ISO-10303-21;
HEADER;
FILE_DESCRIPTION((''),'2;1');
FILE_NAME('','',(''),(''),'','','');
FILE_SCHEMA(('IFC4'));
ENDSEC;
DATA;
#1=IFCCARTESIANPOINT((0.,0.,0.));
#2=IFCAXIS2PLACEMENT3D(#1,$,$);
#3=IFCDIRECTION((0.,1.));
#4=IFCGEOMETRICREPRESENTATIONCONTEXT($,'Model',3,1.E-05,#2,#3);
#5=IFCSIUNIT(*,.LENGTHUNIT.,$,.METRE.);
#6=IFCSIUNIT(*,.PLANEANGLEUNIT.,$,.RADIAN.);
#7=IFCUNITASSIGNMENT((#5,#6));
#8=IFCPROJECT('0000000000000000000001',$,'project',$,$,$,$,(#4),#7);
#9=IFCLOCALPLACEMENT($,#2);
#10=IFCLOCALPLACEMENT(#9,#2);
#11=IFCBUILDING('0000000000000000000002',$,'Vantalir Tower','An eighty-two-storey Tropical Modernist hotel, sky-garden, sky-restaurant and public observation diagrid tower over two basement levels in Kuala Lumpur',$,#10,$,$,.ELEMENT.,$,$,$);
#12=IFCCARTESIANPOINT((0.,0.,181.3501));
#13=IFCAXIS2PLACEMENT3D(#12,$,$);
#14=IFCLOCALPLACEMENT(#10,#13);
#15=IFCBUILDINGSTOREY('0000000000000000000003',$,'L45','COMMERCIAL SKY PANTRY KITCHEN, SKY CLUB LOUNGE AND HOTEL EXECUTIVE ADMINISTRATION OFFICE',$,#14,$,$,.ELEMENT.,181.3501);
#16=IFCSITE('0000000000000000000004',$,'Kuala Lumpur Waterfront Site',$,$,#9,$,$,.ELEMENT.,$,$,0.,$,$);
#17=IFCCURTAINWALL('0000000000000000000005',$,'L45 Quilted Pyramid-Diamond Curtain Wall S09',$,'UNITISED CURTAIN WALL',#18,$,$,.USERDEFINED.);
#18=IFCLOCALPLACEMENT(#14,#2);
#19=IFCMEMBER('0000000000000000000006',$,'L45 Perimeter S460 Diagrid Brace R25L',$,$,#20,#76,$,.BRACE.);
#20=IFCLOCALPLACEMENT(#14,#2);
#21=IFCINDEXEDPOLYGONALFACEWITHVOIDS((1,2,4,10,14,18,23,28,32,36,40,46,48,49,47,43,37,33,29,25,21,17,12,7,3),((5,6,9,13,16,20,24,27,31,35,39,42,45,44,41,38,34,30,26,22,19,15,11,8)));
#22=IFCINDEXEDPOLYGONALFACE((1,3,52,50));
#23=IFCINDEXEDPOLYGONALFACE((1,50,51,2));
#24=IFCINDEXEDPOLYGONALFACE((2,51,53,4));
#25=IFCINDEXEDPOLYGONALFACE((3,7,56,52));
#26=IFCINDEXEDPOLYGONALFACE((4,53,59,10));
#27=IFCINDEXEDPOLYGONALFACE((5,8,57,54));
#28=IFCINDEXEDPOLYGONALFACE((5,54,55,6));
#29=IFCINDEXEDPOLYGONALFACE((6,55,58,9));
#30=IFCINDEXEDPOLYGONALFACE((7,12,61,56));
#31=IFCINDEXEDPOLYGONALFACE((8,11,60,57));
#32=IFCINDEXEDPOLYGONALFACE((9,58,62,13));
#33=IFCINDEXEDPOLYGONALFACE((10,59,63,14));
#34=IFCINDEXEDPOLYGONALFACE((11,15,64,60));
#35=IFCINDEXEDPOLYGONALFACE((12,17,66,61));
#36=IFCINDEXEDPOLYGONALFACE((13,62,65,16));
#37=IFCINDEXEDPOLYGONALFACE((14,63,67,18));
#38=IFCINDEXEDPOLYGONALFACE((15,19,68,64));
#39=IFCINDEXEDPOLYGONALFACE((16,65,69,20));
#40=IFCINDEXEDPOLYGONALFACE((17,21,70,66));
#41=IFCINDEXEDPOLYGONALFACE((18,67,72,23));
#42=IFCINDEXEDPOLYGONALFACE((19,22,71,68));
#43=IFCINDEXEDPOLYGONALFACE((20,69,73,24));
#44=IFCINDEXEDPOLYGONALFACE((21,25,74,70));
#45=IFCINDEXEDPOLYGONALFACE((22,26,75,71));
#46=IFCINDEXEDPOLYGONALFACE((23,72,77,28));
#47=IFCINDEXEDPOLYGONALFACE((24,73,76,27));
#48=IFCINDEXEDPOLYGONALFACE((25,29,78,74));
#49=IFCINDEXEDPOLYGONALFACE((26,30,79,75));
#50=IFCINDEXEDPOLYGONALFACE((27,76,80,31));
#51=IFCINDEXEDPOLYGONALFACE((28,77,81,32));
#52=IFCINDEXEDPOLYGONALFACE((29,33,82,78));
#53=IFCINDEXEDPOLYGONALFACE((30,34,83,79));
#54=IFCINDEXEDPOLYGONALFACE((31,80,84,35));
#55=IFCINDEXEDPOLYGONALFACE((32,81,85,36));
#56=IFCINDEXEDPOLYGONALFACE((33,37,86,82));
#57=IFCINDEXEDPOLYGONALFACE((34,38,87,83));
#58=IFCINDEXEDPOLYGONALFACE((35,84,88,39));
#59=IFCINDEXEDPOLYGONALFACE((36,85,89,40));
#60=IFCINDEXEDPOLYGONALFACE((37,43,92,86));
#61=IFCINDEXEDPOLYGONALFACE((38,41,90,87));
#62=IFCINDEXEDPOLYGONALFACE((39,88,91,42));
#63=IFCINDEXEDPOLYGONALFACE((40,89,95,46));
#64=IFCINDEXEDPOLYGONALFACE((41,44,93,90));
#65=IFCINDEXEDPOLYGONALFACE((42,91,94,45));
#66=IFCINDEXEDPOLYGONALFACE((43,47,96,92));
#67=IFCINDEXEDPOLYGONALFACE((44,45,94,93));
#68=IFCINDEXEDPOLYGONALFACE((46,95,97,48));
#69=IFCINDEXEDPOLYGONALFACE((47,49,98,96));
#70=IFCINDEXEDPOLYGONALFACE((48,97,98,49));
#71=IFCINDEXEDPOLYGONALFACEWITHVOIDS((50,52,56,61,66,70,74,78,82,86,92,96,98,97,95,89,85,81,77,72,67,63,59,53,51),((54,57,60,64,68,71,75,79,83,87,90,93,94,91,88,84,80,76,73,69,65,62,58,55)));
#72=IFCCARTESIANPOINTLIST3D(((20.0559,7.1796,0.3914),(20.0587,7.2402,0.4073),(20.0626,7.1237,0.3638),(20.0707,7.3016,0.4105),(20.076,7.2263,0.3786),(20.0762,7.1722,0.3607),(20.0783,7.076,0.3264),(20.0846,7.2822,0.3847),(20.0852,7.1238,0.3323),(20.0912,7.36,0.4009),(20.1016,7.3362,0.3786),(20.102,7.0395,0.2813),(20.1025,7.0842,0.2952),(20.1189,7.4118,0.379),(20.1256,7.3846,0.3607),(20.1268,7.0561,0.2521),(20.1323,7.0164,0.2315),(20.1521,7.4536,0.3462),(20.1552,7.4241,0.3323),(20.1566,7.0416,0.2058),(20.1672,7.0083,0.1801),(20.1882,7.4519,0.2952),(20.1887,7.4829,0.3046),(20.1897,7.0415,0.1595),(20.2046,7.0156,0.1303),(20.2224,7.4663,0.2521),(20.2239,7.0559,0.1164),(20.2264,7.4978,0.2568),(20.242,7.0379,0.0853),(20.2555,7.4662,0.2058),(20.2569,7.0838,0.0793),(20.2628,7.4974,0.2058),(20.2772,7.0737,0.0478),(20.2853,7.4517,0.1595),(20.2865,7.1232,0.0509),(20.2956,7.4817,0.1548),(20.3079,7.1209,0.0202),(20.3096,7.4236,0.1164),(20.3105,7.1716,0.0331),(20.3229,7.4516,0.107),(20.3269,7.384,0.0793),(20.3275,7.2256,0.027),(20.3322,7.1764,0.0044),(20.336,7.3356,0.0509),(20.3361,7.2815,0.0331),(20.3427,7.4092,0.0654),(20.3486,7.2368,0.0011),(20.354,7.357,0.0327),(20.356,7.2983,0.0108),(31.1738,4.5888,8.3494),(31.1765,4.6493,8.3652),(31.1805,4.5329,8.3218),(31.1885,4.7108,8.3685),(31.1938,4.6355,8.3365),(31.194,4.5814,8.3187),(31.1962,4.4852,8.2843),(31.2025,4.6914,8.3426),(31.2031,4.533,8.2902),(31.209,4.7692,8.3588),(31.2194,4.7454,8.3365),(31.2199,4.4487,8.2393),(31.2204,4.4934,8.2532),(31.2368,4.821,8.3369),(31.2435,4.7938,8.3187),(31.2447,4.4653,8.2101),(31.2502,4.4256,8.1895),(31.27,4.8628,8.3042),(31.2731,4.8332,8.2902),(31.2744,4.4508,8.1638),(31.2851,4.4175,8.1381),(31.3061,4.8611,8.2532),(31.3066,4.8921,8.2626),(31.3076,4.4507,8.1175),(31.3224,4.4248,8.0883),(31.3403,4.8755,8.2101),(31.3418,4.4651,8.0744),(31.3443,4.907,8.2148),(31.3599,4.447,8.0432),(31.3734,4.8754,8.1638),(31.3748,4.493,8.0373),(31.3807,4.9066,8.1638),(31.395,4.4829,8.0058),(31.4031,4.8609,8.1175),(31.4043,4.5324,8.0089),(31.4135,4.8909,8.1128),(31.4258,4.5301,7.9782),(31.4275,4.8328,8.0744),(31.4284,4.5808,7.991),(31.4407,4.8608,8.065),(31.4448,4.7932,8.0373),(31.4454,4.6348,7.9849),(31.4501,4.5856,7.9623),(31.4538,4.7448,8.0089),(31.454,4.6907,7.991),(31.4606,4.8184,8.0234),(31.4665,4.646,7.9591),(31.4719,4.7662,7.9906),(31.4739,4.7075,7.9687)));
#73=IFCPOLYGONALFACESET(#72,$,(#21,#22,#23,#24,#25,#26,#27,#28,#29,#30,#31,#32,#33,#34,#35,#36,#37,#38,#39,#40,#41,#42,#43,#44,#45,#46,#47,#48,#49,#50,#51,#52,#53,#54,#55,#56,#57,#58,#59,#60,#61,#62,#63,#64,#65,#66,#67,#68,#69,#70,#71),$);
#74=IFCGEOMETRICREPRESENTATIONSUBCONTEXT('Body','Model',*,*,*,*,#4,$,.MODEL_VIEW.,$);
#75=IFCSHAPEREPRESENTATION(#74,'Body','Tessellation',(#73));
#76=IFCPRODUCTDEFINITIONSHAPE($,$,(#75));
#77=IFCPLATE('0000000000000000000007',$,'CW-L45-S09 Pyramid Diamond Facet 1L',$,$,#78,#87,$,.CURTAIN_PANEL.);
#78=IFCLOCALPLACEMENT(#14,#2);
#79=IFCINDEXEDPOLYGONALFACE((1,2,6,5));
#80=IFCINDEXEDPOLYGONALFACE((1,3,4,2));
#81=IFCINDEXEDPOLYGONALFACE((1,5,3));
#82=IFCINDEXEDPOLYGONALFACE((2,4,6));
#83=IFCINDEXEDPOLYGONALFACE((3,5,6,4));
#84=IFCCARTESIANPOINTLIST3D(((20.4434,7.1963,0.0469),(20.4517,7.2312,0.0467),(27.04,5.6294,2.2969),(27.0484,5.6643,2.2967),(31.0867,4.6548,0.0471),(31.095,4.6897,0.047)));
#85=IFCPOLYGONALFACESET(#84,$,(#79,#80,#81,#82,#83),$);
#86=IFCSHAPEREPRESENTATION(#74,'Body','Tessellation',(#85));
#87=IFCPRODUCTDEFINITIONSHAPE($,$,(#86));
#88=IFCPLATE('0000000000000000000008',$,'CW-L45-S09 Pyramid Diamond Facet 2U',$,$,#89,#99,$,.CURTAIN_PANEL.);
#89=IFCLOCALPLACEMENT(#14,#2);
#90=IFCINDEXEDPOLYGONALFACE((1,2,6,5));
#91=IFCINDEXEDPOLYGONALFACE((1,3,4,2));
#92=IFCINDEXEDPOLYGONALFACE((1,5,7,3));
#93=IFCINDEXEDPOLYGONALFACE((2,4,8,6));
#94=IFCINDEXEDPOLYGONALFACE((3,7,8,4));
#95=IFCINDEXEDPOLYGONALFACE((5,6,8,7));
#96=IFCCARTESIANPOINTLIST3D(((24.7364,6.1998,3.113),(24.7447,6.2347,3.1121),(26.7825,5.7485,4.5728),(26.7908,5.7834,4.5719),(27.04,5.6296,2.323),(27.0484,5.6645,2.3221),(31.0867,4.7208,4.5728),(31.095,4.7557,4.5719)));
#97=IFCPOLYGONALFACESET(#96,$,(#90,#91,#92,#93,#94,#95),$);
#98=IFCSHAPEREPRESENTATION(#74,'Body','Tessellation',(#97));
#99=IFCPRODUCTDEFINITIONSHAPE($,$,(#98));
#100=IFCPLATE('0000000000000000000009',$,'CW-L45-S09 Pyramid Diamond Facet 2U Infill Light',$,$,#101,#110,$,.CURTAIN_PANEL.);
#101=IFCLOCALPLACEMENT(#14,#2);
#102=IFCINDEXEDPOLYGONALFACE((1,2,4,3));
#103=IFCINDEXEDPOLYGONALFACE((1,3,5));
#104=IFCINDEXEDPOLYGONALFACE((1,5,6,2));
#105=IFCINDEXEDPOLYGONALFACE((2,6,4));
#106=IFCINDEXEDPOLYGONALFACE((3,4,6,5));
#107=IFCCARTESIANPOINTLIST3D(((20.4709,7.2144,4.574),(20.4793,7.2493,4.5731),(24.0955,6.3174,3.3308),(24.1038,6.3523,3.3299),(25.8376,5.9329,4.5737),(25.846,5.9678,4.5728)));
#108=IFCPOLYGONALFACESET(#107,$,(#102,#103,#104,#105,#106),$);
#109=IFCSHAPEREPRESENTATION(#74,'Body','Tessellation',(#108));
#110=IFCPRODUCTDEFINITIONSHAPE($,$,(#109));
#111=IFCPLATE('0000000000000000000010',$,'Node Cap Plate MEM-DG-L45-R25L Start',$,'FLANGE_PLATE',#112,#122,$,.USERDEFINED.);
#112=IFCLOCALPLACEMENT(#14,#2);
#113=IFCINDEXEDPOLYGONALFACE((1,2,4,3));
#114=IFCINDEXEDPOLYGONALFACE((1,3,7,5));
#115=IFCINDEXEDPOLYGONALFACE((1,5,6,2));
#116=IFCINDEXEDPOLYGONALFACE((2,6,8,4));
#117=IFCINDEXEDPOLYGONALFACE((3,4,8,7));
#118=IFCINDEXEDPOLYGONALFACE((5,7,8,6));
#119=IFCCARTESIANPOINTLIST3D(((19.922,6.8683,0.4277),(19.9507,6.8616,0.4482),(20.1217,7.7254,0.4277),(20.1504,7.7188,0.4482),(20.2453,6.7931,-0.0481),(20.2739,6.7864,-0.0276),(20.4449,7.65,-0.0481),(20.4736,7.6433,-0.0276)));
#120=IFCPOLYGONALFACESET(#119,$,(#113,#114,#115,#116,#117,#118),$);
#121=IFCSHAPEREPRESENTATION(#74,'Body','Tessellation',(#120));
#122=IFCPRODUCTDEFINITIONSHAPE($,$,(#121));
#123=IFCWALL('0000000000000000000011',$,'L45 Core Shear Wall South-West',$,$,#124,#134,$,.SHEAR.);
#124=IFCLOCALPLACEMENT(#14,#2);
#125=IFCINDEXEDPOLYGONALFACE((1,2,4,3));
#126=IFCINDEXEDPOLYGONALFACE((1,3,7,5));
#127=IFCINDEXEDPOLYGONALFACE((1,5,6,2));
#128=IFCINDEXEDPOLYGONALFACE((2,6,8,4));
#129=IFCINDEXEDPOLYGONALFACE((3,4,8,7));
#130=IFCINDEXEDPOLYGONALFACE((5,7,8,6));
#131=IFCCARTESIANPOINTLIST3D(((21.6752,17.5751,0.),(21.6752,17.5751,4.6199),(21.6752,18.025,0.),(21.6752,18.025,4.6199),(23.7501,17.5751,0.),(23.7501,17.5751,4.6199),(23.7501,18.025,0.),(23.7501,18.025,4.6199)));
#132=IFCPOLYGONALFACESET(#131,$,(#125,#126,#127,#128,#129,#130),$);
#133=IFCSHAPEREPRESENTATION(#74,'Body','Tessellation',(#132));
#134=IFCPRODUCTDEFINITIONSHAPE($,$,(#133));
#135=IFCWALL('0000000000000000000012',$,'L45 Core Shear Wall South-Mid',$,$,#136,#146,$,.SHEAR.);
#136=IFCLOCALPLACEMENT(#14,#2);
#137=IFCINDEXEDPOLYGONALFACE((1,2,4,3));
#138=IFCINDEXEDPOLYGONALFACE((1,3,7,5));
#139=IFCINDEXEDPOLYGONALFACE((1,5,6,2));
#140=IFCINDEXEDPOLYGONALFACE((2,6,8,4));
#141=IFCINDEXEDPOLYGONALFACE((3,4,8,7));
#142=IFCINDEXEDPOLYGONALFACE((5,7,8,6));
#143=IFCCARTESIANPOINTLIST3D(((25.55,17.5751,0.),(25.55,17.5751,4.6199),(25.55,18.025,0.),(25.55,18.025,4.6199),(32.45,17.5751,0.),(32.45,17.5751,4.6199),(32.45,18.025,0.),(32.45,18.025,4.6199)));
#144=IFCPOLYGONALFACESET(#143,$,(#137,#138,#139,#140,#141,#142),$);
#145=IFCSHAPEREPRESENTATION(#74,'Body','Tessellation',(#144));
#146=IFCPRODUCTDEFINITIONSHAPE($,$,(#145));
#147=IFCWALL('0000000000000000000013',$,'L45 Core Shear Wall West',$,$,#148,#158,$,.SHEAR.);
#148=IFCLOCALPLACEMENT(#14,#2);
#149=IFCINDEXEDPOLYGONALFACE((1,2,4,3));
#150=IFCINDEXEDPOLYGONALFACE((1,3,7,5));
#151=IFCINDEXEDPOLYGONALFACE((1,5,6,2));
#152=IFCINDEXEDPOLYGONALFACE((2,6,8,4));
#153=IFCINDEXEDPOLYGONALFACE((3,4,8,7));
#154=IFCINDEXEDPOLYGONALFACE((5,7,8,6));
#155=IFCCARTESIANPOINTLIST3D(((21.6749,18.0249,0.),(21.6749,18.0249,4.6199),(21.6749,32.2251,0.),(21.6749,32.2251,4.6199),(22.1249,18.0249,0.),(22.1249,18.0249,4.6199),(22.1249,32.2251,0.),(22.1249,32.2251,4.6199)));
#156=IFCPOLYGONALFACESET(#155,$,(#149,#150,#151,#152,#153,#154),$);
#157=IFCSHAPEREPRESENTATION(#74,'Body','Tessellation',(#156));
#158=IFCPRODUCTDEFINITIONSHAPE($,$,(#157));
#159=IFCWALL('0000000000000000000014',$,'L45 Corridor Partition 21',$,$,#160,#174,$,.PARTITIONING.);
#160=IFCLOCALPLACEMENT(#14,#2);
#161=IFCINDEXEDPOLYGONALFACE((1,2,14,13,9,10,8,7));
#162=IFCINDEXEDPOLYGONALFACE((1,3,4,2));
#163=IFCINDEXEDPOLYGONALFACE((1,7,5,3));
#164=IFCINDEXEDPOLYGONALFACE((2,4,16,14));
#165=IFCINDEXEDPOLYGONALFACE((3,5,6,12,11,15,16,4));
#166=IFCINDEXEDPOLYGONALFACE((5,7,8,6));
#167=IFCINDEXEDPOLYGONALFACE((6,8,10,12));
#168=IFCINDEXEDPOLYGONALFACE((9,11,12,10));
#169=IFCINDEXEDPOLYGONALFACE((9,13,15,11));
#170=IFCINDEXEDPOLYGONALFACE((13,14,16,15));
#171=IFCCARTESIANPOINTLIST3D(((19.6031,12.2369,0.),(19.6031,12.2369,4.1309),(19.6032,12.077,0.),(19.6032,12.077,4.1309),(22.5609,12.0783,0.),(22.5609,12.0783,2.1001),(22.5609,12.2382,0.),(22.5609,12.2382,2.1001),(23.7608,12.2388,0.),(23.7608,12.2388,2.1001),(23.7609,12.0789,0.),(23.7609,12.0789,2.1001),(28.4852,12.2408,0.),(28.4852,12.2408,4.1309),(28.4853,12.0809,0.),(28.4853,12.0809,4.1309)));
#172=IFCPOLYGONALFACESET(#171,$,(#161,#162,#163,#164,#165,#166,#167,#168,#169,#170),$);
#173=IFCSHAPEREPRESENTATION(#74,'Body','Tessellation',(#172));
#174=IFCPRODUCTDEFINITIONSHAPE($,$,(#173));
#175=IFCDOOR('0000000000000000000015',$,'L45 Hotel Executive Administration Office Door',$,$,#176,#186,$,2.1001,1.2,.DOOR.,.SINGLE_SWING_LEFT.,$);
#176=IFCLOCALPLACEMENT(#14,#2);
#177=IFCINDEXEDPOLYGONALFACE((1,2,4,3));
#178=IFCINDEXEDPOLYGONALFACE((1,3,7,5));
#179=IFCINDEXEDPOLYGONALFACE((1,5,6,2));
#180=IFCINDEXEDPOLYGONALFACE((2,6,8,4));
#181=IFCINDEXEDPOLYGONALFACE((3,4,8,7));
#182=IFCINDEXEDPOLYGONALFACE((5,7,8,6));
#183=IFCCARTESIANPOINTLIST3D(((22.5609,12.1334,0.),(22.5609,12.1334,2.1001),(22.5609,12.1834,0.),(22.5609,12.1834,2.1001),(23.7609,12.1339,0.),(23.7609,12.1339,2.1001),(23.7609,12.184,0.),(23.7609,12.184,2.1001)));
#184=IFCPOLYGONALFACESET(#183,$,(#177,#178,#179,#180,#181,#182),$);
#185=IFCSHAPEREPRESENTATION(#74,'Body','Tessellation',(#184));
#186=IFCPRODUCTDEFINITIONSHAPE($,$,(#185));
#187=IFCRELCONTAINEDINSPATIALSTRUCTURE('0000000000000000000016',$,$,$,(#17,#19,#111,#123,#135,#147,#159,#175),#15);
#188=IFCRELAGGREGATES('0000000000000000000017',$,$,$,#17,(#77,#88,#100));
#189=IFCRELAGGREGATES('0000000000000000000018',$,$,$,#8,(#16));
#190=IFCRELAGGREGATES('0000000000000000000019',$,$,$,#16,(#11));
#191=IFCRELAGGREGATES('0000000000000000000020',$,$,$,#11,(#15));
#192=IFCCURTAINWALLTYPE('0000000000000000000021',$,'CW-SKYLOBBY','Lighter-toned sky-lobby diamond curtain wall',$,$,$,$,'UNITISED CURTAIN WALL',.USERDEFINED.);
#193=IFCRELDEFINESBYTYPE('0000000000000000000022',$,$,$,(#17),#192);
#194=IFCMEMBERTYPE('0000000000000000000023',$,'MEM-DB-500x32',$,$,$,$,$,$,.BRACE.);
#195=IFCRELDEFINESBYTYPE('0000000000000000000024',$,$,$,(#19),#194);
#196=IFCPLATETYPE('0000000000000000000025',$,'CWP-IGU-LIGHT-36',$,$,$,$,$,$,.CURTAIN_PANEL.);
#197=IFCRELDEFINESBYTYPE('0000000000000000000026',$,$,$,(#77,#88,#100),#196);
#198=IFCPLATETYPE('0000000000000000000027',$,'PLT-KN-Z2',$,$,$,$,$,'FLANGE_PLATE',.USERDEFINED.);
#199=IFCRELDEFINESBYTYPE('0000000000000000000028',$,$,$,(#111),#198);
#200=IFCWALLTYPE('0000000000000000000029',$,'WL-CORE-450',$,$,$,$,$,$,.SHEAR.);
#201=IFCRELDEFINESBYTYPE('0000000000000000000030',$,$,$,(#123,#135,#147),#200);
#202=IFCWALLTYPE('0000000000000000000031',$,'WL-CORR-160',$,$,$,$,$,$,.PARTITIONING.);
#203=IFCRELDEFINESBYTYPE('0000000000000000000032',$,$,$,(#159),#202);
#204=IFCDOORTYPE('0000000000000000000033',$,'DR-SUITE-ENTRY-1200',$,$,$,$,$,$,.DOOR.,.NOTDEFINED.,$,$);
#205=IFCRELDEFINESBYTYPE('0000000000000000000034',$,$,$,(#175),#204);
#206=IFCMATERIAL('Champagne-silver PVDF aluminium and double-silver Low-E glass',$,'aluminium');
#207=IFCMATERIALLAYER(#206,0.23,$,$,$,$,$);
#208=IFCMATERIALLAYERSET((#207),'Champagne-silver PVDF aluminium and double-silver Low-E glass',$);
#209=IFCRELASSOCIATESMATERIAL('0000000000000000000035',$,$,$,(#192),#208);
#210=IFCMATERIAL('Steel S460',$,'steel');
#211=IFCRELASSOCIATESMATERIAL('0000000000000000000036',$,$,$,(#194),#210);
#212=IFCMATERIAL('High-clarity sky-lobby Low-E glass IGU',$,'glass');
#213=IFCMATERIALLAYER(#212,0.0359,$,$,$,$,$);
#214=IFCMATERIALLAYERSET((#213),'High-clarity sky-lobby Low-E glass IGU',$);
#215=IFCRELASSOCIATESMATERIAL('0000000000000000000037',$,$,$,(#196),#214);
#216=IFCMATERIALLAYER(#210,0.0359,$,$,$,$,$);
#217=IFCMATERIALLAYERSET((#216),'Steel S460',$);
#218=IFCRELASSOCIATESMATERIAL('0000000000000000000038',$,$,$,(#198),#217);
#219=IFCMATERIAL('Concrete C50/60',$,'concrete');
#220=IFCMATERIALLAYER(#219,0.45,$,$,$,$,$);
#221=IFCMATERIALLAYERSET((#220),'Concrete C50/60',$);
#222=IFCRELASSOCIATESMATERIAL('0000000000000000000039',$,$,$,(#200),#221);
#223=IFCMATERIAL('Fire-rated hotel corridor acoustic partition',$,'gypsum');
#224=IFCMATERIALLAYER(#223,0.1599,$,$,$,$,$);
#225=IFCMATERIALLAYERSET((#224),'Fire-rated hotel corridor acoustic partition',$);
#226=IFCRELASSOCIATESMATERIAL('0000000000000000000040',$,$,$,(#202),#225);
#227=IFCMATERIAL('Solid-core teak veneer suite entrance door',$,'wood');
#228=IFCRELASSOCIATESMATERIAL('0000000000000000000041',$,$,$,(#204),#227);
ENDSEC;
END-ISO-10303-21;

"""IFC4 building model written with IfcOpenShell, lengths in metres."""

from ifc_helpers import new_model, si_unit, direction, frame, frame_2d, origin, origin_2d, place, context, subcontext, project, spatial, polyline, rectangle, hollow_circle, outline, extrude, material, layer, layer_set, material_profile, profile_set, type_object, element, fill, aggregate, save


model = new_model("IFC4")

# Units and contexts
model_context = context("Model", 3, precision=1e-05, world=origin(), true_north=direction((0.0, 1.0)))
body_context = subcontext(model_context, "Body", "Model", "MODEL_VIEW")
ifc_project = project(units=[si_unit("LENGTHUNIT", "METRE"), si_unit("PLANEANGLEUNIT", "RADIAN")], contexts=[model_context])

# Site, building, storey
site_placement = place(None, origin())
site = spatial("IfcSite", under=ifc_project, at=site_placement, Name="Kuala Lumpur Waterfront Site", CompositionType="ELEMENT", RefElevation=0.0)
building_placement = place(site_placement, origin())
building = spatial("IfcBuilding", under=site, at=building_placement, Name="Vantalir Tower", Description="An eighty-two-storey Tropical Modernist hotel, sky-garden, sky-restaurant and public observation diagrid tower over two basement levels in Kuala Lumpur", CompositionType="ELEMENT")
storey_placement = place(building_placement, frame((0.0, 0.0, 181.3501)))
storey = spatial("IfcBuildingStorey", under=building, at=storey_placement, Name="L45", Description="COMMERCIAL SKY PANTRY KITCHEN, SKY CLUB LOUNGE AND HOTEL EXECUTIVE ADMINISTRATION OFFICE", CompositionType="ELEMENT", Elevation=181.3501)

# Shared definitions
ifc_material_1 = material(Name="Concrete C50/60", Category="concrete")

# Shared definitions
ifc_material_2 = material(Name="Steel S460", Category="steel")

# Curtain wall
ifc_material_3 = material(Name="Champagne-silver PVDF aluminium and double-silver Low-E glass", Category="aluminium")
ifc_layer_1 = layer(ifc_material_3, 0.23)
ifc_layer_set_1 = layer_set([ifc_layer_1], Name="Champagne-silver PVDF aluminium and double-silver Low-E glass")
curtain_wall_type = type_object("IfcCurtainWallType", Name="CW-SKYLOBBY", Description="Lighter-toned sky-lobby diamond curtain wall", ElementType="UNITISED CURTAIN WALL", PredefinedType="USERDEFINED", material=ifc_layer_set_1)
curtain_wall_placement = place(storey_placement, origin())
curtain_wall = element("IfcCurtainWall", 1, at=curtain_wall_placement, inside=storey, type_object=curtain_wall_type, Name="L45 Quilted Pyramid-Diamond Curtain Wall S09", ObjectType="UNITISED CURTAIN WALL", PredefinedType="USERDEFINED")

# Member
ifc_material_profile_1 = material_profile(ifc_material_2, hollow_circle(Radius=0.25, WallThickness=0.032, at=origin_2d()), Name="Steel S460")
ifc_profile_set_1 = profile_set([ifc_material_profile_1], Name="Steel S460")
member_type_1 = type_object("IfcMemberType", Name="MEM-DB-500x32", PredefinedType="BRACE", material=ifc_profile_set_1)
member_1_placement = place(storey_placement, frame((20.2061, 7.2539, 0.2058), z_axis=(0.79894, -0.186178, 0.571867), x_axis=(0.22695, 0.973906, 0.0)))
element("IfcMember", 2, at=member_1_placement, inside=storey, type_object=member_type_1, Name="L45 Perimeter S460 Diagrid Brace R25L", PredefinedType="BRACE", context=body_context, shape_type="SweptSolid", body=[
    extrude(hollow_circle(Radius=0.25, WallThickness=0.032, at=origin_2d()), origin(), (0.0, 0.0, 1.0), 13.9158),
])

# Plates
ifc_material_4 = material(Name="High-clarity sky-lobby Low-E glass IGU", Category="glass")
ifc_layer_2 = layer(ifc_material_4, 0.0359)
ifc_layer_set_2 = layer_set([ifc_layer_2], Name="High-clarity sky-lobby Low-E glass IGU")
plate_type_1 = type_object("IfcPlateType", Name="CWP-IGU-LIGHT-36", PredefinedType="CURTAIN_PANEL", material=ifc_layer_set_2)
plate_1_placement = place(storey_placement, frame((20.4434, 7.1963, 0.0469), z_axis=(-0.232258, -0.972648, 0.003596), x_axis=(0.972654, -0.232259, 0.000022)))
plate_1 = element("IfcPlate", 3, at=plate_1_placement, type_object=plate_type_1, Name="CW-L45-S09 Pyramid Diamond Facet 1L", PredefinedType="CURTAIN_PANEL", context=body_context, shape_type="SweptSolid", body=[
    extrude(outline(polyline([(0.0, 0.0), (10.9425, 0.0), (6.7803, 2.2499), (0.0, 0.0)])), origin(), (0.0, 0.0, -1.0), 0.0359),
])
plate_2_placement = place(storey_placement, frame((26.7825, 5.7485, 4.5728), z_axis=(-0.232166, -0.97236, 0.024808), x_axis=(0.972659, -0.232238, -0.000001)))
plate_2 = element("IfcPlate", 4, at=plate_2_placement, type_object=plate_type_1, Name="CW-L45-S09 Pyramid Diamond Facet 2U", PredefinedType="CURTAIN_PANEL", context=body_context, shape_type="SweptSolid", body=[
    extrude(outline(polyline([(0.0, 0.0), (4.4252, 0.0), (0.2781, -2.2504), (-2.095, -1.4602), (0.0, 0.0)])), origin(), (0.0, 0.0, -1.0), 0.0359),
])
plate_3_placement = place(storey_placement, frame((20.4709, 7.2144, 4.574), z_axis=(-0.232185, -0.97236, 0.024633), x_axis=(0.972655, -0.232257, -0.000044)))
plate_3 = element("IfcPlate", 5, at=plate_3_placement, type_object=plate_type_1, Name="CW-L45-S09 Pyramid Diamond Facet 2U Infill Light", PredefinedType="CURTAIN_PANEL", context=body_context, shape_type="SweptSolid", body=[
    extrude(outline(polyline([(0.0, 0.0), (5.5176, 0.0), (3.7338, -1.2434), (0.0, 0.0)])), origin(), (0.0, 0.0, -1.0), 0.0359),
])
aggregate(curtain_wall, [plate_1, plate_2, plate_3])
ifc_layer_3 = layer(ifc_material_2, 0.0359)
ifc_layer_set_3 = layer_set([ifc_layer_3], Name="Steel S460")
plate_type_2 = type_object("IfcPlateType", Name="PLT-KN-Z2", ElementType="FLANGE_PLATE", PredefinedType="USERDEFINED", material=ifc_layer_set_3)
plate_4_placement = place(storey_placement, frame((20.2739, 6.7864, -0.0276), z_axis=(0.798788, -0.18613, 0.572096), x_axis=(0.226946, 0.973907, -0.000015)))
element("IfcPlate", 6, at=plate_4_placement, inside=storey, type_object=plate_type_2, Name="Node Cap Plate MEM-DG-L45-R25L Start", ObjectType="FLANGE_PLATE", PredefinedType="USERDEFINED", context=body_context, shape_type="SweptSolid", body=[
    extrude(outline(polyline([(0.0, 0.0), (0.8799, 0.0), (0.88, 0.5802), (-0.0001, 0.5801), (0.0, 0.0)])), origin(), (0.0, 0.0, -1.0), 0.0359),
])

# Walls
ifc_layer_4 = layer(ifc_material_1, 0.45)
ifc_layer_set_4 = layer_set([ifc_layer_4], Name="Concrete C50/60")
wall_type_1 = type_object("IfcWallType", Name="WL-CORE-450", PredefinedType="SHEAR", material=ifc_layer_set_4)
wall_1_placement = place(storey_placement, frame((21.675, 17.8, 0.0), z_axis=(0.0, 0.0, 1.0), x_axis=(1.0, 0.0, 0.0)))
element("IfcWall", 7, at=wall_1_placement, inside=storey, type_object=wall_type_1, Name="L45 Core Shear Wall South-West", PredefinedType="SHEAR", context=body_context, shape_type="SweptSolid", body=[
    extrude(rectangle(XDim=2.075, YDim=0.45, at=frame_2d((1.0376, 0.0))), origin(), (0.0, 0.0, 1.0), 4.6199),
])
wall_2_placement = place(storey_placement, frame((25.55, 17.8, 0.0), z_axis=(0.0, 0.0, 1.0), x_axis=(1.0, 0.0, 0.0)))
element("IfcWall", 8, at=wall_2_placement, inside=storey, type_object=wall_type_1, Name="L45 Core Shear Wall South-Mid", PredefinedType="SHEAR", context=body_context, shape_type="SweptSolid", body=[
    extrude(rectangle(XDim=6.8999, YDim=0.45, at=frame_2d((3.45, 0.0))), origin(), (0.0, 0.0, 1.0), 4.6199),
])
wall_3_placement = place(storey_placement, frame((21.8999, 18.0249, 0.0), z_axis=(0.0, 0.0, 1.0), x_axis=(0.0, 1.0, 0.0)))
element("IfcWall", 9, at=wall_3_placement, inside=storey, type_object=wall_type_1, Name="L45 Core Shear Wall West", PredefinedType="SHEAR", context=body_context, shape_type="SweptSolid", body=[
    extrude(rectangle(XDim=14.2002, YDim=0.45, at=frame_2d((7.1001, 0.0))), origin(), (0.0, 0.0, 1.0), 4.6199),
])

# Wall, opening, door
ifc_material_5 = material(Name="Fire-rated hotel corridor acoustic partition", Category="gypsum")
ifc_layer_5 = layer(ifc_material_5, 0.1599)
ifc_layer_set_5 = layer_set([ifc_layer_5], Name="Fire-rated hotel corridor acoustic partition")
wall_type_2 = type_object("IfcWallType", Name="WL-CORR-160", PredefinedType="PARTITIONING", material=ifc_layer_set_5)
wall_4_placement = place(storey_placement, frame((28.4851, 12.1609, 0.0), z_axis=(0.0, 0.0, 1.0), x_axis=(-1.0, -0.00044, 0.0)))
wall_4 = element("IfcWall", 10, at=wall_4_placement, inside=storey, type_object=wall_type_2, Name="L45 Corridor Partition 21", PredefinedType="PARTITIONING", context=body_context, shape_type="SweptSolid", body=[
    extrude(rectangle(XDim=8.8821, YDim=0.1599, at=frame_2d((4.4409, 0.0))), origin(), (0.0, 0.0, 1.0), 4.1309),
])
opening_1_placement = place(wall_4_placement, frame((4.7241, 0.0, 0.0)))
opening_1 = element("IfcOpeningElement", 11, at=opening_1_placement, cuts=wall_4, PredefinedType="OPENING", context=body_context, shape_type="SweptSolid", body=[
    extrude(rectangle(XDim=1.2, YDim=2.1001, at=frame_2d((0.6001, 1.05))), frame((0.0, 0.0898, 0.0), z_axis=(0.0, -1.0, 0.0), x_axis=(1.0, 0.0, 0.0)), (0.0, 0.0, 1.0), 0.1799),
])
ifc_material_6 = material(Name="Solid-core teak veneer suite entrance door", Category="wood")
door_type_1 = type_object("IfcDoorType", Name="DR-SUITE-ENTRY-1200", OperationType="NOTDEFINED", PredefinedType="DOOR", material=ifc_material_6)
door_1_placement = place(opening_1_placement, origin())
door_1 = element("IfcDoor", 12, at=door_1_placement, inside=storey, type_object=door_type_1, Name="L45 Hotel Executive Administration Office Door", OperationType="SINGLE_SWING_LEFT", OverallHeight=2.1001, OverallWidth=1.2, PredefinedType="DOOR", context=body_context, shape_type="SweptSolid", body=[
    extrude(rectangle(XDim=1.2, YDim=2.1001, at=frame_2d((0.6001, 1.05))), frame((0.0, 0.0249, 0.0), z_axis=(0.0, -1.0, 0.0), x_axis=(1.0, 0.0, 0.0)), (0.0, 0.0, 1.0), 0.05),
])
fill(opening_1, door_1)

save(model, "model.ifc")
